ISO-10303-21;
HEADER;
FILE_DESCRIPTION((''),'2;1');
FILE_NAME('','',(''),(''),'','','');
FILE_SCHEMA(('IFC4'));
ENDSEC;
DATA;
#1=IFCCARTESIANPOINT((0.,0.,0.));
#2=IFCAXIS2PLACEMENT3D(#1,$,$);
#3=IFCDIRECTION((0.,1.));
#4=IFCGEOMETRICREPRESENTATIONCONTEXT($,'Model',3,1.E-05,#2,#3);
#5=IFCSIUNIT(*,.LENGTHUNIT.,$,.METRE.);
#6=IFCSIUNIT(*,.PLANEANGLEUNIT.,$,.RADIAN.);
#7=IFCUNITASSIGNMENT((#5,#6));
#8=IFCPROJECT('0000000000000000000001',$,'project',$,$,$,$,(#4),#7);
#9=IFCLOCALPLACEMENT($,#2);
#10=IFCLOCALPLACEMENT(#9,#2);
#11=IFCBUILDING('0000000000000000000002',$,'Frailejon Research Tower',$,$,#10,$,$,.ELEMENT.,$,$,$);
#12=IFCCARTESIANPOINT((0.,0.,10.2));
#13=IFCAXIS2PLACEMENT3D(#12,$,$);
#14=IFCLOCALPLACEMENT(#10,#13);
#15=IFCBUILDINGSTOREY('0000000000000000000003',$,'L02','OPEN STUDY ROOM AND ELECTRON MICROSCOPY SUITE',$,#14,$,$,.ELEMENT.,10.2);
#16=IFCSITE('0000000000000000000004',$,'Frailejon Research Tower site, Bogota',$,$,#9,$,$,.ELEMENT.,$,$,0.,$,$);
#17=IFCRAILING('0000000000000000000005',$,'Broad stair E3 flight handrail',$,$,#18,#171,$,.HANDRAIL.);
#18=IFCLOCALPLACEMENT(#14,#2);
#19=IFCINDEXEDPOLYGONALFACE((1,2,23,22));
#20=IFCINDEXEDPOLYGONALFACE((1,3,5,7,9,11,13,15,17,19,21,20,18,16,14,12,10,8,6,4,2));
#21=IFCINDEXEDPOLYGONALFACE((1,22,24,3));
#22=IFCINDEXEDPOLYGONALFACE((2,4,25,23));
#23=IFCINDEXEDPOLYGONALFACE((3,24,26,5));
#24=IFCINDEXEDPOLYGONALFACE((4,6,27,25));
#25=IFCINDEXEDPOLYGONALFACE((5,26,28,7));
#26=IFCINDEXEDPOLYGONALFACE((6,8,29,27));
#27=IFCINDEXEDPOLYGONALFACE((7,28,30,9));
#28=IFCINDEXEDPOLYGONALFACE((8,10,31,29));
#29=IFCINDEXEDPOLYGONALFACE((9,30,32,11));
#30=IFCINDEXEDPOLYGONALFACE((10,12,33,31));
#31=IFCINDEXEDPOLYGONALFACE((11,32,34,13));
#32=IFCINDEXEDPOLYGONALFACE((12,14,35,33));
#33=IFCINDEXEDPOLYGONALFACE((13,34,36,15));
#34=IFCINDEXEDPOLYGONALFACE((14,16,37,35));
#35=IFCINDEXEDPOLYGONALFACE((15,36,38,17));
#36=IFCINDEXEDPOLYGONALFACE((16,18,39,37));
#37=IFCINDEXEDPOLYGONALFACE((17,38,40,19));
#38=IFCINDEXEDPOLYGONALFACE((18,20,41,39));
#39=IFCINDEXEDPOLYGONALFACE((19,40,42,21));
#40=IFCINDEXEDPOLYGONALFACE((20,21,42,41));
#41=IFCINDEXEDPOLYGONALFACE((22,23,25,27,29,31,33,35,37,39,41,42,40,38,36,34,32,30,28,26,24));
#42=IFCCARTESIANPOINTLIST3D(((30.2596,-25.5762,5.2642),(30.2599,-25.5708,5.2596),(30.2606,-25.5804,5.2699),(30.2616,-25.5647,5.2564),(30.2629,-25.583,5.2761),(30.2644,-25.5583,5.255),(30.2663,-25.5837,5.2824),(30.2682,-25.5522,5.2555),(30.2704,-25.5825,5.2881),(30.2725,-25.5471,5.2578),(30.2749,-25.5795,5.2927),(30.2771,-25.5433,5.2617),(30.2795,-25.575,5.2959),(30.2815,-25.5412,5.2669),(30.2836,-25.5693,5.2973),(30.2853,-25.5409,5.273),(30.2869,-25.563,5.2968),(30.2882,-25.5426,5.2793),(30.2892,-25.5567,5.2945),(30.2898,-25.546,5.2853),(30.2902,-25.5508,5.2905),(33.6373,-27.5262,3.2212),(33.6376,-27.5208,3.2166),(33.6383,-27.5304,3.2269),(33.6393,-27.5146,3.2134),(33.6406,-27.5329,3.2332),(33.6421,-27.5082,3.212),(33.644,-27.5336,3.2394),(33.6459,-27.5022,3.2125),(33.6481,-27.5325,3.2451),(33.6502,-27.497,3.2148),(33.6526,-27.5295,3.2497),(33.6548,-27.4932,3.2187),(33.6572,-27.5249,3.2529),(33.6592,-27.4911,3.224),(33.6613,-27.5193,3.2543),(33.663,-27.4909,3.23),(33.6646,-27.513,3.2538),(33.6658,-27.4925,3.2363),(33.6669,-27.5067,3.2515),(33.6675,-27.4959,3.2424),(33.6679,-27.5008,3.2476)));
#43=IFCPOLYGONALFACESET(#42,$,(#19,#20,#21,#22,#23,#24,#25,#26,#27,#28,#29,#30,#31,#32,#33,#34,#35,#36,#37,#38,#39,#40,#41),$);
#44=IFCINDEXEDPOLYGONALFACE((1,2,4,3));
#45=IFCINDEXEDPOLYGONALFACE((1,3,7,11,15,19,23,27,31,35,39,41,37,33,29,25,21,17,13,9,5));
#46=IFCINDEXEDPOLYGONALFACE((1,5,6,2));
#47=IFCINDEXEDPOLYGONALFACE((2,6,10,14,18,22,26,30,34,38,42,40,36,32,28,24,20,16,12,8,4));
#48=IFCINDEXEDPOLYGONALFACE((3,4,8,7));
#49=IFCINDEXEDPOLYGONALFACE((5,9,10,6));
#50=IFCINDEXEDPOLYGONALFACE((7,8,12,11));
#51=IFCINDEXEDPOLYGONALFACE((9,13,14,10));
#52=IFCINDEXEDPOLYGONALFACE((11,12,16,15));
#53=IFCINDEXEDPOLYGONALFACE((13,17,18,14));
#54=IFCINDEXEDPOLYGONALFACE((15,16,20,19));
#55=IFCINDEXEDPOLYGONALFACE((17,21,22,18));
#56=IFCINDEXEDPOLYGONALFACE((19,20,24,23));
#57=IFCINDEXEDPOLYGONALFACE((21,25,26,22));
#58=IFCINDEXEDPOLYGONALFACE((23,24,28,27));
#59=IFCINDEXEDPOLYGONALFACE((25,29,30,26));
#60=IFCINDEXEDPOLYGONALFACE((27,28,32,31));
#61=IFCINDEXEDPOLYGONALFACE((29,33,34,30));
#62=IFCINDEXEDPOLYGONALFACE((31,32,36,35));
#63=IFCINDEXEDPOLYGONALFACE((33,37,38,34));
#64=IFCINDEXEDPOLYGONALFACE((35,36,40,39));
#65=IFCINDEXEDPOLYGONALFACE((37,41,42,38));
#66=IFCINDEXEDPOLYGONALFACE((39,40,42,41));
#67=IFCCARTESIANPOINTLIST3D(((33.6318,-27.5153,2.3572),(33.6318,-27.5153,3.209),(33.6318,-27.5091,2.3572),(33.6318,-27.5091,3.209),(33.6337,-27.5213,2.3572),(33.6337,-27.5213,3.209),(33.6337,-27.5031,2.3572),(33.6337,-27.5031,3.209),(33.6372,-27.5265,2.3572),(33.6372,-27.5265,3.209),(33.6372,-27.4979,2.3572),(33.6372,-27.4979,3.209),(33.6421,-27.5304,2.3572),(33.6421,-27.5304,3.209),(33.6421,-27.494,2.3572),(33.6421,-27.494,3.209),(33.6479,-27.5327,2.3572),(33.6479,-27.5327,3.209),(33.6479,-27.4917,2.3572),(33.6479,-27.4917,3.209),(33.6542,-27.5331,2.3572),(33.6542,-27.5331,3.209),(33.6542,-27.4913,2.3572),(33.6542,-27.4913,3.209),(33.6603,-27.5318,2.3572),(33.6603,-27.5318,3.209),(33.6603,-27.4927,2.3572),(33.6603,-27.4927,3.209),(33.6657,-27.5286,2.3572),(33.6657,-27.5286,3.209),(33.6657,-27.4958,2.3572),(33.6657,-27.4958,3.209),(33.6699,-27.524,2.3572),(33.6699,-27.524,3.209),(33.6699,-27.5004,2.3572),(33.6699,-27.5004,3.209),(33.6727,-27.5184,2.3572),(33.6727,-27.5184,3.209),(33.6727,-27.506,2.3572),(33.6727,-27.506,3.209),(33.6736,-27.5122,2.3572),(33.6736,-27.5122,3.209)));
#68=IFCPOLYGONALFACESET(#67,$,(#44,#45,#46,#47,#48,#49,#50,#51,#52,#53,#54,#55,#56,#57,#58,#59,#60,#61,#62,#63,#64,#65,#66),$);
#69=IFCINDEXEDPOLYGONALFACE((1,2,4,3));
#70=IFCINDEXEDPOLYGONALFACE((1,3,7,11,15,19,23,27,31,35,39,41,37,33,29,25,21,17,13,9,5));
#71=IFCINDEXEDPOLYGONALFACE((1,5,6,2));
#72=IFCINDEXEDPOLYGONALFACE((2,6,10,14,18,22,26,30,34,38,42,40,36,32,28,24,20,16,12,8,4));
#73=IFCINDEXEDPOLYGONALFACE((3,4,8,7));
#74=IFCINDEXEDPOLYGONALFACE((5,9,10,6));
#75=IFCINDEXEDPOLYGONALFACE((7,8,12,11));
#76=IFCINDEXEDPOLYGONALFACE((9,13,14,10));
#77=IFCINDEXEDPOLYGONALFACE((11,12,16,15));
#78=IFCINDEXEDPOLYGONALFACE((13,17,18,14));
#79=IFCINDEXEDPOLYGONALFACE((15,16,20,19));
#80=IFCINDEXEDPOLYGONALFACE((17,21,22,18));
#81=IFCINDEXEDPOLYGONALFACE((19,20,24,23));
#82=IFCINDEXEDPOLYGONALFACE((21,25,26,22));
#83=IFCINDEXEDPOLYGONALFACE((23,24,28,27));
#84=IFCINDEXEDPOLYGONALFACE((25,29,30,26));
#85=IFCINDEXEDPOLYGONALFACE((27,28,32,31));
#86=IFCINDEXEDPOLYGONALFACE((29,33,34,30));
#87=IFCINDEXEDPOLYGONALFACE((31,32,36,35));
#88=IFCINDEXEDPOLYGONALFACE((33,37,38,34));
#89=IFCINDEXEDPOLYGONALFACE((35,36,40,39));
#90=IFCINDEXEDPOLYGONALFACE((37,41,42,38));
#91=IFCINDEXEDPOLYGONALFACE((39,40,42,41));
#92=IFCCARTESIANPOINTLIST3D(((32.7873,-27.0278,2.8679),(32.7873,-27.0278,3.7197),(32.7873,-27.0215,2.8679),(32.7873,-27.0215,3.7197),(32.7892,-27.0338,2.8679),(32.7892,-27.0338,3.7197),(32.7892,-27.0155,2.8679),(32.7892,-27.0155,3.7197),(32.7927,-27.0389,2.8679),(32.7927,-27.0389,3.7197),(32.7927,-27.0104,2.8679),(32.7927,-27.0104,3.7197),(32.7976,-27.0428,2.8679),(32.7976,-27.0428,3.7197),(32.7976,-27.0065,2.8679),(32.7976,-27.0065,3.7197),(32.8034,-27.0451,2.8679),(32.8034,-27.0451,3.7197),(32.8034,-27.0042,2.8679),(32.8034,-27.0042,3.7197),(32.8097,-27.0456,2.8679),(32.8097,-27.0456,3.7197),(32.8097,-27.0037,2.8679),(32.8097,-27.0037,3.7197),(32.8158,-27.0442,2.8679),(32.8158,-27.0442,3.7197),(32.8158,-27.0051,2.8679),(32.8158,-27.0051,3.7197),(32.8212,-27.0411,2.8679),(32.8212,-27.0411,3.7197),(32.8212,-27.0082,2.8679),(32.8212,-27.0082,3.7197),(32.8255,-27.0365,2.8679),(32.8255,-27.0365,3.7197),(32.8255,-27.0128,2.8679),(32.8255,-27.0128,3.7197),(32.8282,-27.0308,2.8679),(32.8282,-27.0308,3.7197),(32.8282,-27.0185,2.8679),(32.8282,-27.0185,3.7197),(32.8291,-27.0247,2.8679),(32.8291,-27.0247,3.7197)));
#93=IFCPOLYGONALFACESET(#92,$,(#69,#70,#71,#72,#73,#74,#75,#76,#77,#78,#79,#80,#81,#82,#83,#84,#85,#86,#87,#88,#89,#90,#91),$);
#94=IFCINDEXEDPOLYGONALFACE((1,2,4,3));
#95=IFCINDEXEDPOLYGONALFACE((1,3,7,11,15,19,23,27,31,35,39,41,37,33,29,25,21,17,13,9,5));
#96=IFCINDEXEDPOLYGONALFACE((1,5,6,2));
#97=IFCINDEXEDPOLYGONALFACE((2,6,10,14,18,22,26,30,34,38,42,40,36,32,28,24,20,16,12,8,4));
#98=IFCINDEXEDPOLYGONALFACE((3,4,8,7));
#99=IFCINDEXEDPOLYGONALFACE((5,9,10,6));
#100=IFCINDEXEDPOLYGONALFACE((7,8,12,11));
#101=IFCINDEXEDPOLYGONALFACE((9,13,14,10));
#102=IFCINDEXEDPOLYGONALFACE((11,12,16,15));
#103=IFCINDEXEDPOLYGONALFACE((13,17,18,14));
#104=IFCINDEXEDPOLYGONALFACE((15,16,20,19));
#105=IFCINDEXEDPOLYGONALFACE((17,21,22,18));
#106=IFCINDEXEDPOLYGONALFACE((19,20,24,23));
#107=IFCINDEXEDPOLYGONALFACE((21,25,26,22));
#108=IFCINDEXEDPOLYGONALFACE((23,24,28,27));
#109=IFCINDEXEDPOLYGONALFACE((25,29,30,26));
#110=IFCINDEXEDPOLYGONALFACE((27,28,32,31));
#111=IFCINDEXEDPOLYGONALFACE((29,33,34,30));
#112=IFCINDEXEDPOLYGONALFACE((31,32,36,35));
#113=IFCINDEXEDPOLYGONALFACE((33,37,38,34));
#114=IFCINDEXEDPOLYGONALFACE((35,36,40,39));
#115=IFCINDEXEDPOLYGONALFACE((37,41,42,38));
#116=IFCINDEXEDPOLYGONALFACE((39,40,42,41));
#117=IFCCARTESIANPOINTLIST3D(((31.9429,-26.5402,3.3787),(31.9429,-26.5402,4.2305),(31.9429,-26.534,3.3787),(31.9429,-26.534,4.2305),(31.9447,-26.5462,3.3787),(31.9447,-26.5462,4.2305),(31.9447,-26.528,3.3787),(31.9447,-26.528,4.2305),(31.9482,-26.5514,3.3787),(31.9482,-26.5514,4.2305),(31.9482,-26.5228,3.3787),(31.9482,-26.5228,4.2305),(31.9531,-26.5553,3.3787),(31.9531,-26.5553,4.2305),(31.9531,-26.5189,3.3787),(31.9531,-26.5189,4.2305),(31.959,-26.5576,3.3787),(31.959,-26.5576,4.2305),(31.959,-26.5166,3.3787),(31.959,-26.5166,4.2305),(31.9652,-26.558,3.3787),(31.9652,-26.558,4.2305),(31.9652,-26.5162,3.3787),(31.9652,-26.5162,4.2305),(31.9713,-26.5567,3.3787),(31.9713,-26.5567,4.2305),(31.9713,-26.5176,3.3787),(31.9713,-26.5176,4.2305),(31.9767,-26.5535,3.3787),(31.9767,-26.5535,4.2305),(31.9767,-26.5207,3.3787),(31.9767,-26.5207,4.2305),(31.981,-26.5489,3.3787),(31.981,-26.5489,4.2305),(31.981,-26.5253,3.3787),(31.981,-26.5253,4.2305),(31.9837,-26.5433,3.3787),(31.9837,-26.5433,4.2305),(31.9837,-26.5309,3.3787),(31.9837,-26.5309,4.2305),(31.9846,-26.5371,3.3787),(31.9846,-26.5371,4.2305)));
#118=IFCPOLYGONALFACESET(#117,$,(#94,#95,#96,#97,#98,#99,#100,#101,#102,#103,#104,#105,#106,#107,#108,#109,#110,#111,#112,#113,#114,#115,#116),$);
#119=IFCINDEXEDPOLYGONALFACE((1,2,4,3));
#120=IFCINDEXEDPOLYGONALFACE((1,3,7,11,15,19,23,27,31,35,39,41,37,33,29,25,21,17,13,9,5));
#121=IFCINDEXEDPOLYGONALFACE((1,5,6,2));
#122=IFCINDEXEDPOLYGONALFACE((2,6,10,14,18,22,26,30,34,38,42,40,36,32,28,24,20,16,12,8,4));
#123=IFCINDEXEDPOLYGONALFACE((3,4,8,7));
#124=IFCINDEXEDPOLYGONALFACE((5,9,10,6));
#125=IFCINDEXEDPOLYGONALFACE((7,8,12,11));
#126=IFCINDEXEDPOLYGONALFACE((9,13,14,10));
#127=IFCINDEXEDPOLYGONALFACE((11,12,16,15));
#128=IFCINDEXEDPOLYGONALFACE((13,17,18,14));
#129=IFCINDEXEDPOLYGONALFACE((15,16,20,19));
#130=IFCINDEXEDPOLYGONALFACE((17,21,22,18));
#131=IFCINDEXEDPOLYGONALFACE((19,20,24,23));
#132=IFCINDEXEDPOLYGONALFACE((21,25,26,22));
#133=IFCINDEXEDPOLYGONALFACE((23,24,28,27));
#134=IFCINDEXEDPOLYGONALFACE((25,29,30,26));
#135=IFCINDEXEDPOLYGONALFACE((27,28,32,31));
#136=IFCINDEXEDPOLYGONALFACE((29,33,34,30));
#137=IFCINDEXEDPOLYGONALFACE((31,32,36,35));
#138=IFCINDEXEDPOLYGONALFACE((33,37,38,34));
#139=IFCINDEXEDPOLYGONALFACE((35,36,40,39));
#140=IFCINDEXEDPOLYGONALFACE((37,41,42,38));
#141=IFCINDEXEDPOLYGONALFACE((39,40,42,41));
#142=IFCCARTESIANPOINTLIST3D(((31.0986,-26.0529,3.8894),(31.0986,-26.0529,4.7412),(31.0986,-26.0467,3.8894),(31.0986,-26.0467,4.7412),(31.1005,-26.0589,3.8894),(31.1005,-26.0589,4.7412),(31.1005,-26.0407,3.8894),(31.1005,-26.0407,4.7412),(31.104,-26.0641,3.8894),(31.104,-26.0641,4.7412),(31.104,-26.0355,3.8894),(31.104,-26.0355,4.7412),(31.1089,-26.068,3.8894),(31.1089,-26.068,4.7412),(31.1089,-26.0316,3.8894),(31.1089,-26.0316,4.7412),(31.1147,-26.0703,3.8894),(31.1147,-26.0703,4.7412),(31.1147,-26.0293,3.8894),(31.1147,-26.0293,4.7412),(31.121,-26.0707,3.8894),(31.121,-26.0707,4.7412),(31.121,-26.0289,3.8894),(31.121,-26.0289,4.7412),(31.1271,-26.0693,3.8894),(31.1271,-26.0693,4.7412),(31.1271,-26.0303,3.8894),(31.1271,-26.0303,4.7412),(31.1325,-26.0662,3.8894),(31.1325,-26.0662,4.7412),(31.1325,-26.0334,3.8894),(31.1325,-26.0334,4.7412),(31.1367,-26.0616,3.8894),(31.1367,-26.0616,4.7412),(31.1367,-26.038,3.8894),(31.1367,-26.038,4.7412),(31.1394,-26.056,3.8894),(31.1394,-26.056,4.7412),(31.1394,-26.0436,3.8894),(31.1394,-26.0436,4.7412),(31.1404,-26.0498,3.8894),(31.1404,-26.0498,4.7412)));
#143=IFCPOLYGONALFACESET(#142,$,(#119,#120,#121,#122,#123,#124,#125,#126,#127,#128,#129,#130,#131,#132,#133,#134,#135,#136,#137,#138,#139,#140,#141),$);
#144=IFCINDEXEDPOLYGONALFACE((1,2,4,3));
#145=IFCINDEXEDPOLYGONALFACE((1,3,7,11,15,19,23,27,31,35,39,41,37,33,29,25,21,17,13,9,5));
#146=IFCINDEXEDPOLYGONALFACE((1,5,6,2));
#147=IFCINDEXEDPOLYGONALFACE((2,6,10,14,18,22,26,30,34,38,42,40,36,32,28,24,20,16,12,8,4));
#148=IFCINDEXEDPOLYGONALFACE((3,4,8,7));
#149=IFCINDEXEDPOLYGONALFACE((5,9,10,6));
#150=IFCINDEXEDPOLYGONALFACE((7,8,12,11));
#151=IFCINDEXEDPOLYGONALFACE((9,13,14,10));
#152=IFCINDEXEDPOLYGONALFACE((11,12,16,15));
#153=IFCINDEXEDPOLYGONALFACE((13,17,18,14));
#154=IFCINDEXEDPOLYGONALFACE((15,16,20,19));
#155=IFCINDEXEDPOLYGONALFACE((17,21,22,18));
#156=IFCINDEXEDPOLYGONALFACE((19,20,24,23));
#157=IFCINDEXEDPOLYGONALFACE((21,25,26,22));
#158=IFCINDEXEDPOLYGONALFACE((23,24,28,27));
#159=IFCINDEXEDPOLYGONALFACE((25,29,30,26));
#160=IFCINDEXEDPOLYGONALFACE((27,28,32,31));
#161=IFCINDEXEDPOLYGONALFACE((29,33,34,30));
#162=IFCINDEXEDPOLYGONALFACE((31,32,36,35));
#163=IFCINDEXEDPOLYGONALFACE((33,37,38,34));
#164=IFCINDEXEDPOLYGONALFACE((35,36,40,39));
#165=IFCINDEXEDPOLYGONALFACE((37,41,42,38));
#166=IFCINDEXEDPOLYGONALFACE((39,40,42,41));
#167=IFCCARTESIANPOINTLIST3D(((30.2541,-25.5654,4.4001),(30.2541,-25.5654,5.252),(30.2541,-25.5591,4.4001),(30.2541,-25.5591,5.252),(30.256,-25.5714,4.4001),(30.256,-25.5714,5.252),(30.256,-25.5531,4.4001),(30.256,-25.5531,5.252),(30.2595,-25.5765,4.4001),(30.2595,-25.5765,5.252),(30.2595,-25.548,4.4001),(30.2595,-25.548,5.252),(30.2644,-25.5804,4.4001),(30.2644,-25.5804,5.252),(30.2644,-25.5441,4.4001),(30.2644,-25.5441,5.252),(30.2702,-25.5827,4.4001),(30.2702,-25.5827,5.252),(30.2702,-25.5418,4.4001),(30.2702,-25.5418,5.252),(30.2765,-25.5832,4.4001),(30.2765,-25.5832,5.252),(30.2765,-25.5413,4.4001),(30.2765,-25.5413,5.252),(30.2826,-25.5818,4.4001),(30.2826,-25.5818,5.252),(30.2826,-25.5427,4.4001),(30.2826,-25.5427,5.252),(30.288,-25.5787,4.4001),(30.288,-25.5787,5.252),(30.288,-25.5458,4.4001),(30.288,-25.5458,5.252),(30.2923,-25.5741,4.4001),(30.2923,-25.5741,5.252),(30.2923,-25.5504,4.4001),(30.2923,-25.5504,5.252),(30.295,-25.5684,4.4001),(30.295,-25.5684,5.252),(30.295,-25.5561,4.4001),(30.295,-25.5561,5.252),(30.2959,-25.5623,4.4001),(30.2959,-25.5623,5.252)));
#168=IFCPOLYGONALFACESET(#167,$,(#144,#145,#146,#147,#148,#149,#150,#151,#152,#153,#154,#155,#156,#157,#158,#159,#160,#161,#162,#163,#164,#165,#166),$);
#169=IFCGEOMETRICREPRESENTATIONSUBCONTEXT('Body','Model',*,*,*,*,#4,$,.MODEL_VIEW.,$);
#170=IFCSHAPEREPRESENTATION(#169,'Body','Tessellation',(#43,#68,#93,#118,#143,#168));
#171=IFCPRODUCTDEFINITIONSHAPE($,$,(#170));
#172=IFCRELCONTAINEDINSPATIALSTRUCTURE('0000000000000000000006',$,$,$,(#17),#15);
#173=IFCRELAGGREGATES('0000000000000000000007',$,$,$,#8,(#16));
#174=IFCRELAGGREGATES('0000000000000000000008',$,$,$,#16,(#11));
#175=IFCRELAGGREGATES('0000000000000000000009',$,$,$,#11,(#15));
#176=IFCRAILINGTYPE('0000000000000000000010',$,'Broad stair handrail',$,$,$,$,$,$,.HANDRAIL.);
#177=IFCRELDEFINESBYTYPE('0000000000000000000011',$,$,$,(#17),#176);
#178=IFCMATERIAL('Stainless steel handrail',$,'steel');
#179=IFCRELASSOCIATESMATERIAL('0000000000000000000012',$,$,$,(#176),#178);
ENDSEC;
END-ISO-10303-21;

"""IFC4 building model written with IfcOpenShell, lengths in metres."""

from ifc_helpers import new_model, si_unit, direction, frame, origin, origin_2d, place, context, subcontext, project, spatial, circle, extrude, material, type_object, element, save


model = new_model("IFC4")

# Units and contexts
model_context = context("Model", 3, precision=1e-05, world=origin(), true_north=direction((0.0, 1.0)))
body_context = subcontext(model_context, "Body", "Model", "MODEL_VIEW")
ifc_project = project(units=[si_unit("LENGTHUNIT", "METRE"), si_unit("PLANEANGLEUNIT", "RADIAN")], contexts=[model_context])

# Site, building, storey
site_placement = place(None, origin())
site = spatial("IfcSite", under=ifc_project, at=site_placement, Name="Frailejon Research Tower site, Bogota", CompositionType="ELEMENT", RefElevation=0.0)
building_placement = place(site_placement, origin())
building = spatial("IfcBuilding", under=site, at=building_placement, Name="Frailejon Research Tower", CompositionType="ELEMENT")
storey_placement = place(building_placement, frame((0.0, 0.0, 10.2)))
storey = spatial("IfcBuildingStorey", under=building, at=storey_placement, Name="L02", Description="OPEN STUDY ROOM AND ELECTRON MICROSCOPY SUITE", CompositionType="ELEMENT", Elevation=10.2)

# Railing
ifc_material_1 = material(Name="Stainless steel handrail", Category="steel")
railing_type_1 = type_object("IfcRailingType", Name="Broad stair handrail", PredefinedType="HANDRAIL", material=ifc_material_1)
for number, where, name in (
    (1, (33.6526, -27.5122, 2.3572), "Broad stair E3 flight handrail"),
):
    element("IfcRailing", number, at=place(storey_placement, frame(where)), inside=storey, type_object=railing_type_1, Name=name, PredefinedType="HANDRAIL", context=body_context, shape_type="SweptSolid", body=[
        extrude(circle(Radius=0.0239, at=origin_2d()), frame((0.0, 0.0, 0.876), z_axis=(-0.767165, 0.442887, 0.464014), x_axis=(-0.49997, -0.866043, 0.0)), (0.0, 0.0, 1.0), 4.4028),
        extrude(circle(Radius=0.021, at=origin_2d()), origin(), (0.0, 0.0, 1.0), 0.8518),
        extrude(circle(Radius=0.021, at=origin_2d()), frame((-0.8445, 0.4875, 0.5107)), (0.0, 0.0, 1.0), 0.8518),
        extrude(circle(Radius=0.021, at=origin_2d()), frame((-1.689, 0.9751, 1.0215)), (0.0, 0.0, 1.0), 0.8518),
        extrude(circle(Radius=0.021, at=origin_2d()), frame((-2.5332, 1.4624, 1.5322)), (0.0, 0.0, 1.0), 0.8518),
        extrude(circle(Radius=0.021, at=origin_2d()), frame((-3.3777, 1.95, 2.043)), (0.0, 0.0, 1.0), 0.8518),
    ])

save(model, "model.ifc")
